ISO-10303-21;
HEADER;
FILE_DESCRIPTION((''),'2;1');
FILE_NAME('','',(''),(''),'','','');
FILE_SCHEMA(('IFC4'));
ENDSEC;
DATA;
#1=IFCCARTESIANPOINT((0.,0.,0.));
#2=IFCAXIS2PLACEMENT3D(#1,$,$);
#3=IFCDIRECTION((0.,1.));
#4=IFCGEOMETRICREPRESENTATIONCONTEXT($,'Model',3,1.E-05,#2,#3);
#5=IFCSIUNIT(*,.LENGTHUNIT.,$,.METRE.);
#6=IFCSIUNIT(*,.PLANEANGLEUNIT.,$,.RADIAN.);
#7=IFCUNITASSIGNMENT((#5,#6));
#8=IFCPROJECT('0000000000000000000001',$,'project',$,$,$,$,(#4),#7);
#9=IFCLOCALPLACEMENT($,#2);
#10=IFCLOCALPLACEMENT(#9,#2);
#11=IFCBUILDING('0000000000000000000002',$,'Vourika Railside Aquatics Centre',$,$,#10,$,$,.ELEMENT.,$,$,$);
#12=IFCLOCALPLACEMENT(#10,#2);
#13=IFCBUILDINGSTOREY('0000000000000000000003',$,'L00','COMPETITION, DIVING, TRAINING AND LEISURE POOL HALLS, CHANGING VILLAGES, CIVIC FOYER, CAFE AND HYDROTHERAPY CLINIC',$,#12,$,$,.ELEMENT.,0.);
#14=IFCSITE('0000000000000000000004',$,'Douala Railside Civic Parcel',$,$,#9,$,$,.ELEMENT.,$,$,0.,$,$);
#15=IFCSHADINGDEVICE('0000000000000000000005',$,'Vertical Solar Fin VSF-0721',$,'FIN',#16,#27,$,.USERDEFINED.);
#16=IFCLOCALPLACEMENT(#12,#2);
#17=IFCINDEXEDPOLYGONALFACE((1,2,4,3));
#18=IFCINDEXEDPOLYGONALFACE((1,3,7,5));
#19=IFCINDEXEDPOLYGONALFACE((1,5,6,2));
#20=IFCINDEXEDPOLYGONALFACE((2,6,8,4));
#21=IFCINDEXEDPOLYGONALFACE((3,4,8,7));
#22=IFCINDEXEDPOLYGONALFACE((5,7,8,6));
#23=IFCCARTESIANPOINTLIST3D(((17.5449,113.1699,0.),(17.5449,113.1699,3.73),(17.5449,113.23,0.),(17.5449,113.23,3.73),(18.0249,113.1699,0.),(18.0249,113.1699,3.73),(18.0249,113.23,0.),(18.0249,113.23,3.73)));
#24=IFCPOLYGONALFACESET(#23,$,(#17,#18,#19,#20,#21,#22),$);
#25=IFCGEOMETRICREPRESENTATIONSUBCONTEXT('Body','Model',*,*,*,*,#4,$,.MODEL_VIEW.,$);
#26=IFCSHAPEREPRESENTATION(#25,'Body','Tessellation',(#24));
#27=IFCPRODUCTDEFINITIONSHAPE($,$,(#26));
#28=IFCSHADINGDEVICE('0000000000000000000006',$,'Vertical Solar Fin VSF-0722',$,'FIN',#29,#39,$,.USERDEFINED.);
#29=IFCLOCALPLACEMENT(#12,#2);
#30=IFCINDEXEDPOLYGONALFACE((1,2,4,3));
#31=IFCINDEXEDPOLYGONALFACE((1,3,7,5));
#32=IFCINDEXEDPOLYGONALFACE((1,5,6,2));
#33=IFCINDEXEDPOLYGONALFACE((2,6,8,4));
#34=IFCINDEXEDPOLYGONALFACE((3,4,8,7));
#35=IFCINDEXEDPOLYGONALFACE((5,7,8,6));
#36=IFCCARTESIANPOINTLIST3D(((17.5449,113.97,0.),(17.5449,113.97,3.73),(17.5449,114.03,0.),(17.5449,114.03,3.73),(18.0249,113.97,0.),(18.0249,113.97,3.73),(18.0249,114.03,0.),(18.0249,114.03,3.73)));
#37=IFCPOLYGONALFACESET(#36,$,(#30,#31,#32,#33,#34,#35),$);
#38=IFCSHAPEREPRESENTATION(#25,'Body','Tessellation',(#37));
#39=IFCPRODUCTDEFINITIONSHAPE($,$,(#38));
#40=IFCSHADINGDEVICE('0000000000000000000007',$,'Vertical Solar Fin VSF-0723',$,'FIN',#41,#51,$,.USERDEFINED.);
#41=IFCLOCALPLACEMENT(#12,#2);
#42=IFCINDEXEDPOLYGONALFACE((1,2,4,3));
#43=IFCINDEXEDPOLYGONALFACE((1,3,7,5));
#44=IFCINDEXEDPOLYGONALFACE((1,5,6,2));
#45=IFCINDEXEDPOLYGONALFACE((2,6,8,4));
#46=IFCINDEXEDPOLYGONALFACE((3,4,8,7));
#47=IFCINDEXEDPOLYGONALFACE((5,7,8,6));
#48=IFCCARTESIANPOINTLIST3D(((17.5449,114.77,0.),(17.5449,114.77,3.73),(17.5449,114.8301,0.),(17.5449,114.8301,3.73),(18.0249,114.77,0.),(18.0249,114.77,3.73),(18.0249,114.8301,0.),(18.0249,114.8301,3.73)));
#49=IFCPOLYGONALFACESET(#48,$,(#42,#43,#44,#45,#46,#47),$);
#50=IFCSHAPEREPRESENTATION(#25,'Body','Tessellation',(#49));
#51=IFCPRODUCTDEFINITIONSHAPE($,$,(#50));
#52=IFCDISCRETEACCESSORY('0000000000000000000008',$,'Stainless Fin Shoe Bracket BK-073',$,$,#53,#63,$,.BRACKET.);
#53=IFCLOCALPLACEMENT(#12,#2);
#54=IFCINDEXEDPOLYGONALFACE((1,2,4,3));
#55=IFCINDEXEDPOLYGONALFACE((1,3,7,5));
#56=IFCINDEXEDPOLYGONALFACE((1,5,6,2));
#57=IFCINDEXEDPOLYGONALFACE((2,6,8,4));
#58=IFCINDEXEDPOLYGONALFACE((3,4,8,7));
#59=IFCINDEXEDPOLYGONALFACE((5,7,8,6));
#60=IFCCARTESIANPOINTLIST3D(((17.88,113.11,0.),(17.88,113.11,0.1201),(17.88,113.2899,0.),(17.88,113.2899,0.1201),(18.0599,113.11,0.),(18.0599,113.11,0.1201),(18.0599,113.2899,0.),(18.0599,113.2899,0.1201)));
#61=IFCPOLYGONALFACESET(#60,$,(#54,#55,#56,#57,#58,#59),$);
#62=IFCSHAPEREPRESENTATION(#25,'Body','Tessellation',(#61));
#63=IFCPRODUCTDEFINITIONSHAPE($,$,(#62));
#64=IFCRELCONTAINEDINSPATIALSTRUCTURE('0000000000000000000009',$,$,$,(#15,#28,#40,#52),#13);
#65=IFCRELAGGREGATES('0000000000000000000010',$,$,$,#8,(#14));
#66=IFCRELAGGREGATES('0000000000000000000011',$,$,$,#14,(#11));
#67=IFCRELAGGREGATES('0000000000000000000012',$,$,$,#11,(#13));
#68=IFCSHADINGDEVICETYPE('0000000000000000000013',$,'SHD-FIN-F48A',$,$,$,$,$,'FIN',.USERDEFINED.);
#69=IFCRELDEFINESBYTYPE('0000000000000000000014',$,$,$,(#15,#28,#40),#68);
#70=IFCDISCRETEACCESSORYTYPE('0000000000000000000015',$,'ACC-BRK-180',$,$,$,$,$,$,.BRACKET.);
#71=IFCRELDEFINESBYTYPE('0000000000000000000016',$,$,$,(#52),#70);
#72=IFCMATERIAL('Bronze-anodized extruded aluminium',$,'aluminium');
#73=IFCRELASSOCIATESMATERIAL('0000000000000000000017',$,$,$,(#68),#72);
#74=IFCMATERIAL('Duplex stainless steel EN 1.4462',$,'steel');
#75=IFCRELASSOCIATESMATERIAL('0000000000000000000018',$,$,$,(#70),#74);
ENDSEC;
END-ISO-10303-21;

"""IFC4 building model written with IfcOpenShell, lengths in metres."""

from ifc_helpers import new_model, si_unit, direction, frame, origin, origin_2d, place, context, subcontext, project, spatial, rectangle, extrude, material, material_profile, profile_set, type_object, element, save


model = new_model("IFC4")

# Units and contexts
model_context = context("Model", 3, precision=1e-05, world=origin(), true_north=direction((0.0, 1.0)))
body_context = subcontext(model_context, "Body", "Model", "MODEL_VIEW")
ifc_project = project(units=[si_unit("LENGTHUNIT", "METRE"), si_unit("PLANEANGLEUNIT", "RADIAN")], contexts=[model_context])

# Site, building, storey
site_placement = place(None, origin())
site = spatial("IfcSite", under=ifc_project, at=site_placement, Name="Douala Railside Civic Parcel", CompositionType="ELEMENT", RefElevation=0.0)
building_placement = place(site_placement, origin())
building = spatial("IfcBuilding", under=site, at=building_placement, Name="Vourika Railside Aquatics Centre", CompositionType="ELEMENT")
storey_placement = place(building_placement, origin())
storey = spatial("IfcBuildingStorey", under=building, at=storey_placement, Name="L00", Description="COMPETITION, DIVING, TRAINING AND LEISURE POOL HALLS, CHANGING VILLAGES, CIVIC FOYER, CAFE AND HYDROTHERAPY CLINIC", CompositionType="ELEMENT", Elevation=0.0)

# Shading devices
ifc_material_1 = material(Name="Bronze-anodized extruded aluminium", Category="aluminium")
ifc_material_profile_1 = material_profile(ifc_material_1, rectangle(XDim=0.0601, YDim=0.48, at=origin_2d()), Name="ALU-FIN 60x480")
ifc_profile_set_1 = profile_set([ifc_material_profile_1], Name="Bronze-anodized extruded aluminium")
shading_device_type = type_object("IfcShadingDeviceType", Name="SHD-FIN-F48A", ElementType="FIN", PredefinedType="USERDEFINED", material=ifc_profile_set_1)
for number, where, z_axis, x_axis, name in (
    (1, (17.7849, 113.2, 0.0), (0.0, 0.0, 1.0), (0.0, 1.0, 0.0), "Vertical Solar Fin VSF-0721"),
    (2, (17.7849, 114.0, 0.0), (0.0, 0.0, 1.0), (0.0, 1.0, 0.0), "Vertical Solar Fin VSF-0722"),
    (3, (17.7849, 114.8, 0.0), (0.0, 0.0, 1.0), (0.0, 1.0, 0.0), "Vertical Solar Fin VSF-0723"),
):
    element("IfcShadingDevice", number, at=place(storey_placement, frame(where, z_axis=z_axis, x_axis=x_axis)), inside=storey, type_object=shading_device_type, Name=name, ObjectType="FIN", PredefinedType="USERDEFINED", context=body_context, shape_type="SweptSolid", body=[
        extrude(rectangle(XDim=0.0601, YDim=0.48, at=origin_2d()), origin(), (0.0, 0.0, 1.0), 3.73),
    ])

# Discrete accessory
ifc_material_2 = material(Name="Duplex stainless steel EN 1.4462", Category="steel")
discrete_accessory_type = type_object("IfcDiscreteAccessoryType", Name="ACC-BRK-180", PredefinedType="BRACKET", material=ifc_material_2)
discrete_accessory_placement = place(storey_placement, frame((17.97, 113.2, 0.0), z_axis=(0.0, 0.0, 1.0), x_axis=(-1.0, 0.0, 0.0)))
element("IfcDiscreteAccessory", 4, at=discrete_accessory_placement, inside=storey, type_object=discrete_accessory_type, Name="Stainless Fin Shoe Bracket BK-073", PredefinedType="BRACKET", context=body_context, shape_type="SweptSolid", body=[
    extrude(rectangle(XDim=0.1799, YDim=0.1799, at=origin_2d()), origin(), (0.0, 0.0, 1.0), 0.1201),
])

save(model, "model.ifc")
